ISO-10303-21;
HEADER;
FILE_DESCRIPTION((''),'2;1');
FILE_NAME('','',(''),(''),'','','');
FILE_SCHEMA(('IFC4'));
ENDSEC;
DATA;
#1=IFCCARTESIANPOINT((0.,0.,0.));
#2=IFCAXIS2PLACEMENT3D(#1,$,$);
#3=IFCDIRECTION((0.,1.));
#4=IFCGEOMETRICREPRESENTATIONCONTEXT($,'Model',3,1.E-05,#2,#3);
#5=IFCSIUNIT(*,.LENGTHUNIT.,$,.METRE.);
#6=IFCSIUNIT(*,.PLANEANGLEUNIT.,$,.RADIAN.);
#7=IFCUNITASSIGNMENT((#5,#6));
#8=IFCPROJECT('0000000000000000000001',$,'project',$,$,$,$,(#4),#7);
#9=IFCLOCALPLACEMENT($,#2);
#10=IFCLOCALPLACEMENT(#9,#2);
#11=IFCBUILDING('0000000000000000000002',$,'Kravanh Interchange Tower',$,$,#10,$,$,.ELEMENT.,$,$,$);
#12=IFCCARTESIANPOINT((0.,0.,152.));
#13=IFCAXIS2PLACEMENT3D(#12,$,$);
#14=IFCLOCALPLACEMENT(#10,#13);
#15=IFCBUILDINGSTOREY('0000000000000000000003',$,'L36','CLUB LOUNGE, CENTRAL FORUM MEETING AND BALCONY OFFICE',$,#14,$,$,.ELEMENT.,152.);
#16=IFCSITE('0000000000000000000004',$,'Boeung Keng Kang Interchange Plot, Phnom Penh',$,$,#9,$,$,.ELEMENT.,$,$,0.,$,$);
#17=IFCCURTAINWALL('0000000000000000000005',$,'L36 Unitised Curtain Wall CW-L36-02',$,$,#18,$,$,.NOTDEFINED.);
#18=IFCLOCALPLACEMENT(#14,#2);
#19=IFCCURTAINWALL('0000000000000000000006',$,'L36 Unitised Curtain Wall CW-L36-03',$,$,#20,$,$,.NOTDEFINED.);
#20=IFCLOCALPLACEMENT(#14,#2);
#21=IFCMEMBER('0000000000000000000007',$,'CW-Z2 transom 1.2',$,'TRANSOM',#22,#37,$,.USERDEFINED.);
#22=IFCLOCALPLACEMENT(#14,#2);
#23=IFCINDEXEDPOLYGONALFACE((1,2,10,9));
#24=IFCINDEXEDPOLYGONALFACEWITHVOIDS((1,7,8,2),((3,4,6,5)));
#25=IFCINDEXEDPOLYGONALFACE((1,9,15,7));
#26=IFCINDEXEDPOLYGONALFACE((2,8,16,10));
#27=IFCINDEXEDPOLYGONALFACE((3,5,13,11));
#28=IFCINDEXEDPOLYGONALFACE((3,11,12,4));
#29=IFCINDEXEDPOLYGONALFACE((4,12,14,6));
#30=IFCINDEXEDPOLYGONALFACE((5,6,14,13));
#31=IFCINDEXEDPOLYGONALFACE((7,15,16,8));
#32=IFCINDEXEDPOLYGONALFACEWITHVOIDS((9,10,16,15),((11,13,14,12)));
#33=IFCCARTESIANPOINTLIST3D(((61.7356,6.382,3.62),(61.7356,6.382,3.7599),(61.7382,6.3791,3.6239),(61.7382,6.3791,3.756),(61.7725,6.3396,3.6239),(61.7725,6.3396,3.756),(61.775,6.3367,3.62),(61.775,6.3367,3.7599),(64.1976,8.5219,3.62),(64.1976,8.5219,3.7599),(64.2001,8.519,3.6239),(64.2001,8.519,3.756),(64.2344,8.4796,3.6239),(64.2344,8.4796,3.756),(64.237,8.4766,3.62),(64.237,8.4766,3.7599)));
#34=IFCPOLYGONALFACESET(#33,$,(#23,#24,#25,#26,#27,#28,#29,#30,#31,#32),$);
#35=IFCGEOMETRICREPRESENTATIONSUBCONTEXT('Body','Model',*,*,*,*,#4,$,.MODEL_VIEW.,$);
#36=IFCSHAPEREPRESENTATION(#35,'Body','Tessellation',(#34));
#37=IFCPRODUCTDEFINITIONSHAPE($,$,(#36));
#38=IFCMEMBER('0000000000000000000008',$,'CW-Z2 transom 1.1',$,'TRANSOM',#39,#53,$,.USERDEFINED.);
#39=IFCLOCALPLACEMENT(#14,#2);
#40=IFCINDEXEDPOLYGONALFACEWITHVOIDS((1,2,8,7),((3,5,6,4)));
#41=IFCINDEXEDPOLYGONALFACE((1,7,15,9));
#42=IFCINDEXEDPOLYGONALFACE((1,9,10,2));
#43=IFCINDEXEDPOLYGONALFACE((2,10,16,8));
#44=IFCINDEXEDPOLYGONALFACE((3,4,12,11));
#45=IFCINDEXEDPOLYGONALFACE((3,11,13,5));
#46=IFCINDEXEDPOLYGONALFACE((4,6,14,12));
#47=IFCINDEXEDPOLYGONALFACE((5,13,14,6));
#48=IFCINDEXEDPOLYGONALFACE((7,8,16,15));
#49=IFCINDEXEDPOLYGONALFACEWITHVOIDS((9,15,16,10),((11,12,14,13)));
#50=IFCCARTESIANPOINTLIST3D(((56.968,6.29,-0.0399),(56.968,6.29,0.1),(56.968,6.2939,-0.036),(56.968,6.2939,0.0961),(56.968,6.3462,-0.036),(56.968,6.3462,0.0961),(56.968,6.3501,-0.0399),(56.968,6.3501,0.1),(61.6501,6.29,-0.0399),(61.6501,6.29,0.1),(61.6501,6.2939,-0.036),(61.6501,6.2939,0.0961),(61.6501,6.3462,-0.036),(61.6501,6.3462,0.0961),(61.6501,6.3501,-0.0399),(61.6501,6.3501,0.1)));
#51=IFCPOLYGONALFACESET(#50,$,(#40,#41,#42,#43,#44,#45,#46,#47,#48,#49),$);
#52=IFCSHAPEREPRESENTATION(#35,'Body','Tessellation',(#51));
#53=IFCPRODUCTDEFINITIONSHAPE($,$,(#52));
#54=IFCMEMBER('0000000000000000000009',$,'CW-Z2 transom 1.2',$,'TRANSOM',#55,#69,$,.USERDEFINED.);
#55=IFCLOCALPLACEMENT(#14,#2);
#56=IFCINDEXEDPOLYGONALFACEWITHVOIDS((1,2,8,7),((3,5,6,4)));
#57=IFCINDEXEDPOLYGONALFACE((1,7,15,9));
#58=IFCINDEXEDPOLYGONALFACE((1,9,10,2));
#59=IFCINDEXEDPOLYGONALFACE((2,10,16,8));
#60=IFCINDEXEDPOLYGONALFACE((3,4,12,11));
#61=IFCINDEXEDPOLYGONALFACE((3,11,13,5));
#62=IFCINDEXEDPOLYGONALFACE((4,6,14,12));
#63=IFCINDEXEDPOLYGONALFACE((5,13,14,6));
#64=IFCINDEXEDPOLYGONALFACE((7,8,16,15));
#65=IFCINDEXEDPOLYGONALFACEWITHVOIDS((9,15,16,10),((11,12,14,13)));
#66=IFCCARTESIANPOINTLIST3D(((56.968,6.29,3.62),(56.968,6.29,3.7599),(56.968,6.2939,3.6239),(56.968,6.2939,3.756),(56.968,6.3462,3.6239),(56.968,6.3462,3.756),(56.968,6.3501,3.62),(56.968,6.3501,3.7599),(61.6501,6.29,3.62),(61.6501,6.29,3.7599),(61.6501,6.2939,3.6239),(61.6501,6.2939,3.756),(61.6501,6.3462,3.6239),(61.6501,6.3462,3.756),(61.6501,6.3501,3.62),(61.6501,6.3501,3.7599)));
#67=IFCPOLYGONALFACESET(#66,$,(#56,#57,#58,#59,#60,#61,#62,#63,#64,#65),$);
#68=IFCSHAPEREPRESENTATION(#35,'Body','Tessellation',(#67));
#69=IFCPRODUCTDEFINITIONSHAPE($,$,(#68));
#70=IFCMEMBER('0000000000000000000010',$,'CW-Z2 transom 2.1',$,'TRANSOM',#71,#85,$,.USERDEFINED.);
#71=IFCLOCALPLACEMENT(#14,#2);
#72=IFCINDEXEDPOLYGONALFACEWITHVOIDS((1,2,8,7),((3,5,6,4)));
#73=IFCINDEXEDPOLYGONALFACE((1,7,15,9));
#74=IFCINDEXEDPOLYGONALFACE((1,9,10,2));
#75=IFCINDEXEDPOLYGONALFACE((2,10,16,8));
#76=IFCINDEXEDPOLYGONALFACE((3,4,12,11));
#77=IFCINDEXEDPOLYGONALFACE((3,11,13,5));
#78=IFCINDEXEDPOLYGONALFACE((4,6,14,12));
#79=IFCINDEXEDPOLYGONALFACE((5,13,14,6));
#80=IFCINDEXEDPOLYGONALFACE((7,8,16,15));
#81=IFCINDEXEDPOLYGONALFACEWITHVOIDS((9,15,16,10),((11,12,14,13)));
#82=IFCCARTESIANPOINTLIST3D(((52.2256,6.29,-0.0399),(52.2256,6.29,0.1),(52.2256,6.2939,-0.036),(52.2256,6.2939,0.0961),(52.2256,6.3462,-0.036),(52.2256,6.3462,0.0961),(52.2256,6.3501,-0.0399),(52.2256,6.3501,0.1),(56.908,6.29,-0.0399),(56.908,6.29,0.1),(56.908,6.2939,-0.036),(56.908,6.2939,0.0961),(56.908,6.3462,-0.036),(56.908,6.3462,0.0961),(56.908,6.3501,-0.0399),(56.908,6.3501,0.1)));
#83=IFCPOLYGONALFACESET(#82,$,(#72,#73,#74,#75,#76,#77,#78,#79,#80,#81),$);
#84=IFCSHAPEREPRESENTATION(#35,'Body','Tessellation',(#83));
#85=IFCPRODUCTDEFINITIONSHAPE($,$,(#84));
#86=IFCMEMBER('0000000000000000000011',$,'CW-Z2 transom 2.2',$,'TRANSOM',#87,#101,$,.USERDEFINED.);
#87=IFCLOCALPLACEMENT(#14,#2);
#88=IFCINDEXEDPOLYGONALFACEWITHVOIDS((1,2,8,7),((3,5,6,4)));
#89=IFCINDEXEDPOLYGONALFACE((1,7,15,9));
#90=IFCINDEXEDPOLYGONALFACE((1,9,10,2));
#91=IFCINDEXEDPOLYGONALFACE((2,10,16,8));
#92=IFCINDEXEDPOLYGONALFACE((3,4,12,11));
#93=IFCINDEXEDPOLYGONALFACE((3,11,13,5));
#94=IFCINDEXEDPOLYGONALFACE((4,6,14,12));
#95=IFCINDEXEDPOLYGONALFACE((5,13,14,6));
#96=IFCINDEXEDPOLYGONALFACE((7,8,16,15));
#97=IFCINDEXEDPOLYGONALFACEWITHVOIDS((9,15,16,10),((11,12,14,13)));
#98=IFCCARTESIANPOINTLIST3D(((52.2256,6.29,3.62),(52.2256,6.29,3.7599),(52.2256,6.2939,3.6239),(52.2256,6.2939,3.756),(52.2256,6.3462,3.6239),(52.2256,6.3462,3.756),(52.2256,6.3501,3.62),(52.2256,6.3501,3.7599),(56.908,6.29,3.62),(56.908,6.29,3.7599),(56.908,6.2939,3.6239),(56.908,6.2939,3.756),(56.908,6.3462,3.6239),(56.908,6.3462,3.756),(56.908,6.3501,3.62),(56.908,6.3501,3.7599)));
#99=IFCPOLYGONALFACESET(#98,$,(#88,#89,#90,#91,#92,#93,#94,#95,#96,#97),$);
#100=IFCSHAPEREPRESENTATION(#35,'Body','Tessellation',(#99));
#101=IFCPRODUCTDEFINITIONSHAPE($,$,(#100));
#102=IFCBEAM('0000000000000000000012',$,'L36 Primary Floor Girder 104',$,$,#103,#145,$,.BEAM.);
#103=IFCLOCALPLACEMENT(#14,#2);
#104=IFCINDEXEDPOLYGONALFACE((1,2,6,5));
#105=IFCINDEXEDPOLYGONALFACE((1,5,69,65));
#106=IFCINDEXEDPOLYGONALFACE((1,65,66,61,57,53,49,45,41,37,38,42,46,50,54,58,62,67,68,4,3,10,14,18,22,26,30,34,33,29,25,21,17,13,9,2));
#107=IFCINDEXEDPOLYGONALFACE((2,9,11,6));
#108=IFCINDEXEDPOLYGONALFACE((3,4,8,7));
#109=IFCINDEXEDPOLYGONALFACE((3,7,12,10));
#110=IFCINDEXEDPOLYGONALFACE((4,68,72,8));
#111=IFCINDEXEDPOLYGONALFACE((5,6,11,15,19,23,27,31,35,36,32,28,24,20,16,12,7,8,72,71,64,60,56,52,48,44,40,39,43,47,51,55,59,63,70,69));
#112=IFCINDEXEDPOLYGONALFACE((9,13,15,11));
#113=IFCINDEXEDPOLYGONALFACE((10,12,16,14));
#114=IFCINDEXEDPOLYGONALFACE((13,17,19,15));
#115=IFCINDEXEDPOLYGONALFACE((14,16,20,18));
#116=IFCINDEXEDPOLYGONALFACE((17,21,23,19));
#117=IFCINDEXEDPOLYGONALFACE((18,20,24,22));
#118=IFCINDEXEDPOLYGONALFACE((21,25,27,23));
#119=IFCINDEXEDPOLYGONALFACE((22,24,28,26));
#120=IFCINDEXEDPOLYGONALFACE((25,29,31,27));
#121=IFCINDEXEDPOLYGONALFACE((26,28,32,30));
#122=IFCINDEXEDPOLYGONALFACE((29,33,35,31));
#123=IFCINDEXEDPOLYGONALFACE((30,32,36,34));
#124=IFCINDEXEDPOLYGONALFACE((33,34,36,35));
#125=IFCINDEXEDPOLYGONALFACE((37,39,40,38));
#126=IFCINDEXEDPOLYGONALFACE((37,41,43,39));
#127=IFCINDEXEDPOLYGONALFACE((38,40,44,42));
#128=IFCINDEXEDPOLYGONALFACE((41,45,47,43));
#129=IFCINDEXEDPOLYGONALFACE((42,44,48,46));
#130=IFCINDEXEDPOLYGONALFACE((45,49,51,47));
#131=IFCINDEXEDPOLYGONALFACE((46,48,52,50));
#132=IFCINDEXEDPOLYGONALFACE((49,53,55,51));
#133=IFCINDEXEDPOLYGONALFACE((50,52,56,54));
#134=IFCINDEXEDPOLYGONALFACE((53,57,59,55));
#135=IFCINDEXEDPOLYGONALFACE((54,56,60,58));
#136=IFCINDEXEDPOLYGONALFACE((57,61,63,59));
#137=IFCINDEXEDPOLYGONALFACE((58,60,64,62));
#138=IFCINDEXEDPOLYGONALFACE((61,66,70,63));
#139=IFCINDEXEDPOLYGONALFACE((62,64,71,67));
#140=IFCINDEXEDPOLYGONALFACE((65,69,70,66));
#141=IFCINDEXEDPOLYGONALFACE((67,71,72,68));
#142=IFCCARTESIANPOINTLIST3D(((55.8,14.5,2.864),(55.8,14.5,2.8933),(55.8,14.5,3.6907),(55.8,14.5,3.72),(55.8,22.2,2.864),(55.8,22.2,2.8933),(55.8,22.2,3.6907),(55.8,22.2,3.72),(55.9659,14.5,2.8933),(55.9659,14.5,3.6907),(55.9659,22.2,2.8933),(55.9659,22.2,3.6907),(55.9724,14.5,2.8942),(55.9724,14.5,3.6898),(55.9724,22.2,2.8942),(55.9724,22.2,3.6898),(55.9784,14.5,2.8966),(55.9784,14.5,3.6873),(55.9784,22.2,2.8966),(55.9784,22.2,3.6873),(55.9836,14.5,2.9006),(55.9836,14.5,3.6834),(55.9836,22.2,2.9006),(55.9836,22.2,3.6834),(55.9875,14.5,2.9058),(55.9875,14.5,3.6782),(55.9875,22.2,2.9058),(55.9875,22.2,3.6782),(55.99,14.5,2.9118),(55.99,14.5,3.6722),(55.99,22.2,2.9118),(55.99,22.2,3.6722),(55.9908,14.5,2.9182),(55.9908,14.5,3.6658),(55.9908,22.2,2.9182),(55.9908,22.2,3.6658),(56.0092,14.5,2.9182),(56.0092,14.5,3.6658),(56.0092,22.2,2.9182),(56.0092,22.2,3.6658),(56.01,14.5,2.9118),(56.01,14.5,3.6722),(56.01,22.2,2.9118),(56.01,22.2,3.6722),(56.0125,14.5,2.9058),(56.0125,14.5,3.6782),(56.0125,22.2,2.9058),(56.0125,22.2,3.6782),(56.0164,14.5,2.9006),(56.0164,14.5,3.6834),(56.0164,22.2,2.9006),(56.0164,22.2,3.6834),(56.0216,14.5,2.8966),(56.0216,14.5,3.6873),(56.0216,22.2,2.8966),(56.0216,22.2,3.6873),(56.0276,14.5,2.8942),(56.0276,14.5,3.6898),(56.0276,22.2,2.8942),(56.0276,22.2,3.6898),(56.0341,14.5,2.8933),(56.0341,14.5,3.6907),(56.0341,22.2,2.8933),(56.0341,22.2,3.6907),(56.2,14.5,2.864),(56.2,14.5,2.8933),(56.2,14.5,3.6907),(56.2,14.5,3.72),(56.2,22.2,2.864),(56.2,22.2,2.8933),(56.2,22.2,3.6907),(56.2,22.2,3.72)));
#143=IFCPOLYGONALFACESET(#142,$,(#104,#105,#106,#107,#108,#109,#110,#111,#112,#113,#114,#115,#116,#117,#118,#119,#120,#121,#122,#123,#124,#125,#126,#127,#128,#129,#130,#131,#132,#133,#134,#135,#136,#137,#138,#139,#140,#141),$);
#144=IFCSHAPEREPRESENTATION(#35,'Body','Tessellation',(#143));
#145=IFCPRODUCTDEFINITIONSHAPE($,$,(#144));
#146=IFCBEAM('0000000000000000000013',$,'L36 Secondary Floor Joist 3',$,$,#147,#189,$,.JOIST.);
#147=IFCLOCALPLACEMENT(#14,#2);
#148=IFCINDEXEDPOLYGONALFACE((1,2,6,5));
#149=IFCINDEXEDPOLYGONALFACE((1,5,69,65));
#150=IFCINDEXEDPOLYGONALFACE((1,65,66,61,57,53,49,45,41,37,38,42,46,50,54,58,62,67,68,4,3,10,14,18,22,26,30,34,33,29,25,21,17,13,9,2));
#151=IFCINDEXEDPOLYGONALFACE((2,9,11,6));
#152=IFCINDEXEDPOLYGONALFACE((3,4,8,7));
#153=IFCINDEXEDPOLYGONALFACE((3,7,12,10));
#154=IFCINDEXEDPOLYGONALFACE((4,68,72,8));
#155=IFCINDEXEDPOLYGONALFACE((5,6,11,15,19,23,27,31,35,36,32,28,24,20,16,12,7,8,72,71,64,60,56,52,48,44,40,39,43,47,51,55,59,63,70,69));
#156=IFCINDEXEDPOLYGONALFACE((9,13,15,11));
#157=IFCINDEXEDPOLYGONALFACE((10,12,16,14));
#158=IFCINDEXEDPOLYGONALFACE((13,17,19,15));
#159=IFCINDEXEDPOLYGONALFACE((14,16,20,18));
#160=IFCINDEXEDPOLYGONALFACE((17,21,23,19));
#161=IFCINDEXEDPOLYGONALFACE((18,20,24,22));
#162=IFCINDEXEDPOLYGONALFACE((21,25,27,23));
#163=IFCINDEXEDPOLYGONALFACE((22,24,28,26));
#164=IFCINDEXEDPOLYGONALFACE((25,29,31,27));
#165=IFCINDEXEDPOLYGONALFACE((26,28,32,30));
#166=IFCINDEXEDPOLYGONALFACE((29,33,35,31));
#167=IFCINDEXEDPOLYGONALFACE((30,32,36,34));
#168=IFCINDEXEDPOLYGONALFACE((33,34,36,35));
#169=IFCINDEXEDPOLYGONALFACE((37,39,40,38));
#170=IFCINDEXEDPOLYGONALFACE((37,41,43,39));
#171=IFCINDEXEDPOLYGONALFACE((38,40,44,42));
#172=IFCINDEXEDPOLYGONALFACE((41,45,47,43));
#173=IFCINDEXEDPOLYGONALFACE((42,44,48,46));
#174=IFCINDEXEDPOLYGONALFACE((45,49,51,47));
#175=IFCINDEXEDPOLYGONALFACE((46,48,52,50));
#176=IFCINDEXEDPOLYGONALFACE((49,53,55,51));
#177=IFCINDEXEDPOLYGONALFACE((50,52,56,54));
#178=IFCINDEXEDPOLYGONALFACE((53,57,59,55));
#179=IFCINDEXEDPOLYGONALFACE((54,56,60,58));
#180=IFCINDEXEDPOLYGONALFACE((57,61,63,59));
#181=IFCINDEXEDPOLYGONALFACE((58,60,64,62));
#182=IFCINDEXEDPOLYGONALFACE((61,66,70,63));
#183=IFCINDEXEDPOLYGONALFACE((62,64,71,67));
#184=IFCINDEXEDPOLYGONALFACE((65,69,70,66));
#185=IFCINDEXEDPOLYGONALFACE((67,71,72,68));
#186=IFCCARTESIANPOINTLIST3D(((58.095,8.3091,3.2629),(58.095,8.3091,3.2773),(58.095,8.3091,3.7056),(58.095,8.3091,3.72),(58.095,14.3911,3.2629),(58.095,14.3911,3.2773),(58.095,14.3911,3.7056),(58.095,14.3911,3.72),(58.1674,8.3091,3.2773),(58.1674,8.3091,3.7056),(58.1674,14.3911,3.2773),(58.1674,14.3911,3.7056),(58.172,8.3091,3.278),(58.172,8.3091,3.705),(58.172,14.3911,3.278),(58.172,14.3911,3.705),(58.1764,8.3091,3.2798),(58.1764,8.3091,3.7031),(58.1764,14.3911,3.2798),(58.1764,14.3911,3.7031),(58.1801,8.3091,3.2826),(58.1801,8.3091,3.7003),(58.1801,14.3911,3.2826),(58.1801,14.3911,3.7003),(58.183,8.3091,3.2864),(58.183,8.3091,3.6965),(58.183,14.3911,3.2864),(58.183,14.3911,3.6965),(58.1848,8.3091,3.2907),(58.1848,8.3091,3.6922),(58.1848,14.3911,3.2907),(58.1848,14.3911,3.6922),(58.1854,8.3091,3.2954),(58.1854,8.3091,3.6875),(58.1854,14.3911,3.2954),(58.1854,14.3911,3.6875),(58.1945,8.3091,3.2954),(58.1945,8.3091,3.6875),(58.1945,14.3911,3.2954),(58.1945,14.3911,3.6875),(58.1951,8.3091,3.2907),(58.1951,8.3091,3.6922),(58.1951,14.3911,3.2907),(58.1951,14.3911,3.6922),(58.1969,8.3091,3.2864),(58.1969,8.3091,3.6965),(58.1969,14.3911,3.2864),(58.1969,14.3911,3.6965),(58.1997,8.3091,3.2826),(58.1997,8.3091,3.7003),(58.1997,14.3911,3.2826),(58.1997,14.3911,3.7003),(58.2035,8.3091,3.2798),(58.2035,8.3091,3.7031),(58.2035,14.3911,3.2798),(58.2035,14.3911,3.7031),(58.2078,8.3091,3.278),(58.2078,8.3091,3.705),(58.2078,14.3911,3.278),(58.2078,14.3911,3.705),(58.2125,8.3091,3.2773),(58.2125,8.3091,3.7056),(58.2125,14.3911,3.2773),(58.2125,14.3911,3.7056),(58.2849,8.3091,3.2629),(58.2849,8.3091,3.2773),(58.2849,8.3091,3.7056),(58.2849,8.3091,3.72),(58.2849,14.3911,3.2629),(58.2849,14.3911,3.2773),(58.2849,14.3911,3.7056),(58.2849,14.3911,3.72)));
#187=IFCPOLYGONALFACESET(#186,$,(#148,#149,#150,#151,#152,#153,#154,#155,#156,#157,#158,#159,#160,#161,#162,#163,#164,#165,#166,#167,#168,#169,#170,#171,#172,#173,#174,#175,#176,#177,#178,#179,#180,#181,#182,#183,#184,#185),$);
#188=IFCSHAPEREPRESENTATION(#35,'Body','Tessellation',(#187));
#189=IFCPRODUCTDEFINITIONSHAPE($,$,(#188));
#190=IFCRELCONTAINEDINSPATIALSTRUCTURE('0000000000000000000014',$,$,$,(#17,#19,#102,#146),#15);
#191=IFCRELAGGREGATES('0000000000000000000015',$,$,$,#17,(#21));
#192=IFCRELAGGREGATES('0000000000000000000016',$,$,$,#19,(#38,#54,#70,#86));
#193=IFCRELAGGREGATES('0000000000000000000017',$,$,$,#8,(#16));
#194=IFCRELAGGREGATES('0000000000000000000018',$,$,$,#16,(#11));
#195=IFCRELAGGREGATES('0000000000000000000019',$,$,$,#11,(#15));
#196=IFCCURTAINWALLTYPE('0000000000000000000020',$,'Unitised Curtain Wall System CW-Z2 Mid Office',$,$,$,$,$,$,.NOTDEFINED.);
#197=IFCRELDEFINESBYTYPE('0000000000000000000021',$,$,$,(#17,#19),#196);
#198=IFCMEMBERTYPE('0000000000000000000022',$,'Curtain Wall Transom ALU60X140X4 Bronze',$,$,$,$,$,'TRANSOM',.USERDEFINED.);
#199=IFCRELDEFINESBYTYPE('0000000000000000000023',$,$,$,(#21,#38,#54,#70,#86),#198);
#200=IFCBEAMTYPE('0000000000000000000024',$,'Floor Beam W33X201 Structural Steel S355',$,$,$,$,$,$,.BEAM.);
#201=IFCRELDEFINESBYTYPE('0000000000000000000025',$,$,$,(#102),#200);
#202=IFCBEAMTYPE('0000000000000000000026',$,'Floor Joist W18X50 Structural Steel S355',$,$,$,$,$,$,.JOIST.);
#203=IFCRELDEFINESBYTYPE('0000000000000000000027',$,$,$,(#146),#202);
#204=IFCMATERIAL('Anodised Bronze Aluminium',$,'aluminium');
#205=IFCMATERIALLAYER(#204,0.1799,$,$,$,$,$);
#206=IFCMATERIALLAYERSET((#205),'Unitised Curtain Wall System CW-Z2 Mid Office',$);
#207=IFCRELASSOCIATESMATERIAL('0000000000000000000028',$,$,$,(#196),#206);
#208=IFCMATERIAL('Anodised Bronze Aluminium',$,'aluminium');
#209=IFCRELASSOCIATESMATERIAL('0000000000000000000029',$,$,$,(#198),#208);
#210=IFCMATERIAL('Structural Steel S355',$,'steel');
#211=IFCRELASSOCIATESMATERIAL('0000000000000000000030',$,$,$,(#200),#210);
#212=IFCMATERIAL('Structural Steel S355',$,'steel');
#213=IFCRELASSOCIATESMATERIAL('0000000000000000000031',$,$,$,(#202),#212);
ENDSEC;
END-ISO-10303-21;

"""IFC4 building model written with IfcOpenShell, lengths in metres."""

from ifc_helpers import new_model, si_unit, direction, frame, origin, origin_2d, place, context, subcontext, project, spatial, hollow_rectangle, i_section, extrude, material, layer, layer_set, material_profile, profile_set, type_object, element, aggregate, save


model = new_model("IFC4")

# Units and contexts
model_context = context("Model", 3, precision=1e-05, world=origin(), true_north=direction((0.0, 1.0)))
body_context = subcontext(model_context, "Body", "Model", "MODEL_VIEW")
ifc_project = project(units=[si_unit("LENGTHUNIT", "METRE"), si_unit("PLANEANGLEUNIT", "RADIAN")], contexts=[model_context])

# Site, building, storey
site_placement = place(None, origin())
site = spatial("IfcSite", under=ifc_project, at=site_placement, Name="Boeung Keng Kang Interchange Plot, Phnom Penh", CompositionType="ELEMENT", RefElevation=0.0)
building_placement = place(site_placement, origin())
building = spatial("IfcBuilding", under=site, at=building_placement, Name="Kravanh Interchange Tower", CompositionType="ELEMENT")
storey_placement = place(building_placement, frame((0.0, 0.0, 152.0)))
storey = spatial("IfcBuildingStorey", under=building, at=storey_placement, Name="L36", Description="CLUB LOUNGE, CENTRAL FORUM MEETING AND BALCONY OFFICE", CompositionType="ELEMENT", Elevation=152.0)

# Curtain walls
ifc_material_1 = material(Name="Anodised Bronze Aluminium", Category="aluminium")
ifc_layer_1 = layer(ifc_material_1, 0.1799)
ifc_layer_set_1 = layer_set([ifc_layer_1], Name="Unitised Curtain Wall System CW-Z2 Mid Office")
curtain_wall_type = type_object("IfcCurtainWallType", Name="Unitised Curtain Wall System CW-Z2 Mid Office", PredefinedType="NOTDEFINED", material=ifc_layer_set_1)
curtain_wall_1_placement = place(storey_placement, origin())
curtain_wall_1 = element("IfcCurtainWall", 1, at=curtain_wall_1_placement, inside=storey, type_object=curtain_wall_type, Name="L36 Unitised Curtain Wall CW-L36-02", PredefinedType="NOTDEFINED")
curtain_wall_2_placement = place(storey_placement, origin())
curtain_wall_2 = element("IfcCurtainWall", 2, at=curtain_wall_2_placement, inside=storey, type_object=curtain_wall_type, Name="L36 Unitised Curtain Wall CW-L36-03", PredefinedType="NOTDEFINED")

# Members
ifc_material_2 = material(Name="Anodised Bronze Aluminium", Category="aluminium")
ifc_material_profile_1 = material_profile(ifc_material_2, hollow_rectangle(XDim=0.0601, YDim=0.1399, WallThickness=0.0039, at=origin_2d()), Name="ALU60X140X4")
ifc_profile_set_1 = profile_set([ifc_material_profile_1], Name="Anodised Bronze Aluminium")
member_type_1 = type_object("IfcMemberType", Name="Curtain Wall Transom ALU60X140X4 Bronze", ElementType="TRANSOM", PredefinedType="USERDEFINED", material=ifc_profile_set_1)
member_1_placement = place(storey_placement, frame((64.2173, 8.4993, 3.6899), z_axis=(-0.754742, -0.656021, 0.0), x_axis=(0.656021, -0.754742, 0.0)))
member_1 = element("IfcMember", 3, at=member_1_placement, type_object=member_type_1, Name="CW-Z2 transom 1.2", ObjectType="TRANSOM", PredefinedType="USERDEFINED", context=body_context, shape_type="SweptSolid", body=[
    extrude(hollow_rectangle(XDim=0.0601, YDim=0.1399, WallThickness=0.0039, at=origin_2d()), origin(), (0.0, 0.0, 1.0), 3.262),
])
member_2_placement = place(storey_placement, frame((61.6501, 6.3201, 0.03), z_axis=(-1.0, 0.0, 0.0), x_axis=(0.0, -1.0, 0.0)))
member_2 = element("IfcMember", 4, at=member_2_placement, type_object=member_type_1, Name="CW-Z2 transom 1.1", ObjectType="TRANSOM", PredefinedType="USERDEFINED", context=body_context, shape_type="SweptSolid", body=[
    extrude(hollow_rectangle(XDim=0.0601, YDim=0.1399, WallThickness=0.0039, at=origin_2d()), origin(), (0.0, 0.0, 1.0), 4.6821),
])
member_3_placement = place(storey_placement, frame((61.6501, 6.3201, 3.6899), z_axis=(-1.0, 0.0, 0.0), x_axis=(0.0, -1.0, 0.0)))
member_3 = element("IfcMember", 5, at=member_3_placement, type_object=member_type_1, Name="CW-Z2 transom 1.2", ObjectType="TRANSOM", PredefinedType="USERDEFINED", context=body_context, shape_type="SweptSolid", body=[
    extrude(hollow_rectangle(XDim=0.0601, YDim=0.1399, WallThickness=0.0039, at=origin_2d()), origin(), (0.0, 0.0, 1.0), 4.6821),
])
member_4_placement = place(storey_placement, frame((56.908, 6.3201, 0.03), z_axis=(-1.0, 0.0, 0.0), x_axis=(0.0, -1.0, 0.0)))
member_4 = element("IfcMember", 6, at=member_4_placement, type_object=member_type_1, Name="CW-Z2 transom 2.1", ObjectType="TRANSOM", PredefinedType="USERDEFINED", context=body_context, shape_type="SweptSolid", body=[
    extrude(hollow_rectangle(XDim=0.0601, YDim=0.1399, WallThickness=0.0039, at=origin_2d()), origin(), (0.0, 0.0, 1.0), 4.6824),
])
member_5_placement = place(storey_placement, frame((56.908, 6.3201, 3.6899), z_axis=(-1.0, 0.0, 0.0), x_axis=(0.0, -1.0, 0.0)))
member_5 = element("IfcMember", 7, at=member_5_placement, type_object=member_type_1, Name="CW-Z2 transom 2.2", ObjectType="TRANSOM", PredefinedType="USERDEFINED", context=body_context, shape_type="SweptSolid", body=[
    extrude(hollow_rectangle(XDim=0.0601, YDim=0.1399, WallThickness=0.0039, at=origin_2d()), origin(), (0.0, 0.0, 1.0), 4.6824),
])

# Beams
ifc_material_3 = material(Name="Structural Steel S355", Category="steel")
ifc_material_profile_2 = material_profile(ifc_material_3, i_section(OverallWidth=0.3999, OverallDepth=0.856, WebThickness=0.0183, FlangeThickness=0.0293, FilletRadius=0.0249, at=origin_2d()), Name="W33X201")
ifc_profile_set_2 = profile_set([ifc_material_profile_2], Name="Structural Steel S355")
beam_type_1 = type_object("IfcBeamType", Name="Floor Beam W33X201 Structural Steel S355", PredefinedType="BEAM", material=ifc_profile_set_2)
beam_1_placement = place(storey_placement, frame((56.0, 14.5, 3.292), z_axis=(0.0, 1.0, 0.0), x_axis=(-1.0, 0.0, 0.0)))
element("IfcBeam", 8, at=beam_1_placement, inside=storey, type_object=beam_type_1, Name="L36 Primary Floor Girder 104", PredefinedType="BEAM", context=body_context, shape_type="SweptSolid", body=[
    extrude(i_section(OverallWidth=0.3999, OverallDepth=0.856, WebThickness=0.0183, FlangeThickness=0.0293, FilletRadius=0.0249, at=origin_2d()), origin(), (0.0, 0.0, 1.0), 7.7),
])
ifc_material_4 = material(Name="Structural Steel S355", Category="steel")
ifc_material_profile_3 = material_profile(ifc_material_4, i_section(OverallWidth=0.1899, OverallDepth=0.457, WebThickness=0.009, FlangeThickness=0.0144, FilletRadius=0.0181, at=origin_2d()), Name="W18X50")
ifc_profile_set_3 = profile_set([ifc_material_profile_3], Name="Structural Steel S355")
beam_type_2 = type_object("IfcBeamType", Name="Floor Joist W18X50 Structural Steel S355", PredefinedType="JOIST", material=ifc_profile_set_3)
for number, where, z_axis, x_axis, name in (
    (9, (58.1899, 8.3091, 3.4915), (0.0, 1.0, 0.0), (-1.0, 0.0, 0.0), "L36 Secondary Floor Joist 3"),
):
    element("IfcBeam", number, at=place(storey_placement, frame(where, z_axis=z_axis, x_axis=x_axis)), inside=storey, type_object=beam_type_2, Name=name, PredefinedType="JOIST", context=body_context, shape_type="SweptSolid", body=[
        extrude(i_section(OverallWidth=0.1899, OverallDepth=0.457, WebThickness=0.009, FlangeThickness=0.0144, FilletRadius=0.0181, at=origin_2d()), origin(), (0.0, 0.0, 1.0), 6.082),
    ])

aggregate(curtain_wall_1, [member_1])
aggregate(curtain_wall_2, [member_2, member_3, member_4, member_5])

save(model, "model.ifc")
